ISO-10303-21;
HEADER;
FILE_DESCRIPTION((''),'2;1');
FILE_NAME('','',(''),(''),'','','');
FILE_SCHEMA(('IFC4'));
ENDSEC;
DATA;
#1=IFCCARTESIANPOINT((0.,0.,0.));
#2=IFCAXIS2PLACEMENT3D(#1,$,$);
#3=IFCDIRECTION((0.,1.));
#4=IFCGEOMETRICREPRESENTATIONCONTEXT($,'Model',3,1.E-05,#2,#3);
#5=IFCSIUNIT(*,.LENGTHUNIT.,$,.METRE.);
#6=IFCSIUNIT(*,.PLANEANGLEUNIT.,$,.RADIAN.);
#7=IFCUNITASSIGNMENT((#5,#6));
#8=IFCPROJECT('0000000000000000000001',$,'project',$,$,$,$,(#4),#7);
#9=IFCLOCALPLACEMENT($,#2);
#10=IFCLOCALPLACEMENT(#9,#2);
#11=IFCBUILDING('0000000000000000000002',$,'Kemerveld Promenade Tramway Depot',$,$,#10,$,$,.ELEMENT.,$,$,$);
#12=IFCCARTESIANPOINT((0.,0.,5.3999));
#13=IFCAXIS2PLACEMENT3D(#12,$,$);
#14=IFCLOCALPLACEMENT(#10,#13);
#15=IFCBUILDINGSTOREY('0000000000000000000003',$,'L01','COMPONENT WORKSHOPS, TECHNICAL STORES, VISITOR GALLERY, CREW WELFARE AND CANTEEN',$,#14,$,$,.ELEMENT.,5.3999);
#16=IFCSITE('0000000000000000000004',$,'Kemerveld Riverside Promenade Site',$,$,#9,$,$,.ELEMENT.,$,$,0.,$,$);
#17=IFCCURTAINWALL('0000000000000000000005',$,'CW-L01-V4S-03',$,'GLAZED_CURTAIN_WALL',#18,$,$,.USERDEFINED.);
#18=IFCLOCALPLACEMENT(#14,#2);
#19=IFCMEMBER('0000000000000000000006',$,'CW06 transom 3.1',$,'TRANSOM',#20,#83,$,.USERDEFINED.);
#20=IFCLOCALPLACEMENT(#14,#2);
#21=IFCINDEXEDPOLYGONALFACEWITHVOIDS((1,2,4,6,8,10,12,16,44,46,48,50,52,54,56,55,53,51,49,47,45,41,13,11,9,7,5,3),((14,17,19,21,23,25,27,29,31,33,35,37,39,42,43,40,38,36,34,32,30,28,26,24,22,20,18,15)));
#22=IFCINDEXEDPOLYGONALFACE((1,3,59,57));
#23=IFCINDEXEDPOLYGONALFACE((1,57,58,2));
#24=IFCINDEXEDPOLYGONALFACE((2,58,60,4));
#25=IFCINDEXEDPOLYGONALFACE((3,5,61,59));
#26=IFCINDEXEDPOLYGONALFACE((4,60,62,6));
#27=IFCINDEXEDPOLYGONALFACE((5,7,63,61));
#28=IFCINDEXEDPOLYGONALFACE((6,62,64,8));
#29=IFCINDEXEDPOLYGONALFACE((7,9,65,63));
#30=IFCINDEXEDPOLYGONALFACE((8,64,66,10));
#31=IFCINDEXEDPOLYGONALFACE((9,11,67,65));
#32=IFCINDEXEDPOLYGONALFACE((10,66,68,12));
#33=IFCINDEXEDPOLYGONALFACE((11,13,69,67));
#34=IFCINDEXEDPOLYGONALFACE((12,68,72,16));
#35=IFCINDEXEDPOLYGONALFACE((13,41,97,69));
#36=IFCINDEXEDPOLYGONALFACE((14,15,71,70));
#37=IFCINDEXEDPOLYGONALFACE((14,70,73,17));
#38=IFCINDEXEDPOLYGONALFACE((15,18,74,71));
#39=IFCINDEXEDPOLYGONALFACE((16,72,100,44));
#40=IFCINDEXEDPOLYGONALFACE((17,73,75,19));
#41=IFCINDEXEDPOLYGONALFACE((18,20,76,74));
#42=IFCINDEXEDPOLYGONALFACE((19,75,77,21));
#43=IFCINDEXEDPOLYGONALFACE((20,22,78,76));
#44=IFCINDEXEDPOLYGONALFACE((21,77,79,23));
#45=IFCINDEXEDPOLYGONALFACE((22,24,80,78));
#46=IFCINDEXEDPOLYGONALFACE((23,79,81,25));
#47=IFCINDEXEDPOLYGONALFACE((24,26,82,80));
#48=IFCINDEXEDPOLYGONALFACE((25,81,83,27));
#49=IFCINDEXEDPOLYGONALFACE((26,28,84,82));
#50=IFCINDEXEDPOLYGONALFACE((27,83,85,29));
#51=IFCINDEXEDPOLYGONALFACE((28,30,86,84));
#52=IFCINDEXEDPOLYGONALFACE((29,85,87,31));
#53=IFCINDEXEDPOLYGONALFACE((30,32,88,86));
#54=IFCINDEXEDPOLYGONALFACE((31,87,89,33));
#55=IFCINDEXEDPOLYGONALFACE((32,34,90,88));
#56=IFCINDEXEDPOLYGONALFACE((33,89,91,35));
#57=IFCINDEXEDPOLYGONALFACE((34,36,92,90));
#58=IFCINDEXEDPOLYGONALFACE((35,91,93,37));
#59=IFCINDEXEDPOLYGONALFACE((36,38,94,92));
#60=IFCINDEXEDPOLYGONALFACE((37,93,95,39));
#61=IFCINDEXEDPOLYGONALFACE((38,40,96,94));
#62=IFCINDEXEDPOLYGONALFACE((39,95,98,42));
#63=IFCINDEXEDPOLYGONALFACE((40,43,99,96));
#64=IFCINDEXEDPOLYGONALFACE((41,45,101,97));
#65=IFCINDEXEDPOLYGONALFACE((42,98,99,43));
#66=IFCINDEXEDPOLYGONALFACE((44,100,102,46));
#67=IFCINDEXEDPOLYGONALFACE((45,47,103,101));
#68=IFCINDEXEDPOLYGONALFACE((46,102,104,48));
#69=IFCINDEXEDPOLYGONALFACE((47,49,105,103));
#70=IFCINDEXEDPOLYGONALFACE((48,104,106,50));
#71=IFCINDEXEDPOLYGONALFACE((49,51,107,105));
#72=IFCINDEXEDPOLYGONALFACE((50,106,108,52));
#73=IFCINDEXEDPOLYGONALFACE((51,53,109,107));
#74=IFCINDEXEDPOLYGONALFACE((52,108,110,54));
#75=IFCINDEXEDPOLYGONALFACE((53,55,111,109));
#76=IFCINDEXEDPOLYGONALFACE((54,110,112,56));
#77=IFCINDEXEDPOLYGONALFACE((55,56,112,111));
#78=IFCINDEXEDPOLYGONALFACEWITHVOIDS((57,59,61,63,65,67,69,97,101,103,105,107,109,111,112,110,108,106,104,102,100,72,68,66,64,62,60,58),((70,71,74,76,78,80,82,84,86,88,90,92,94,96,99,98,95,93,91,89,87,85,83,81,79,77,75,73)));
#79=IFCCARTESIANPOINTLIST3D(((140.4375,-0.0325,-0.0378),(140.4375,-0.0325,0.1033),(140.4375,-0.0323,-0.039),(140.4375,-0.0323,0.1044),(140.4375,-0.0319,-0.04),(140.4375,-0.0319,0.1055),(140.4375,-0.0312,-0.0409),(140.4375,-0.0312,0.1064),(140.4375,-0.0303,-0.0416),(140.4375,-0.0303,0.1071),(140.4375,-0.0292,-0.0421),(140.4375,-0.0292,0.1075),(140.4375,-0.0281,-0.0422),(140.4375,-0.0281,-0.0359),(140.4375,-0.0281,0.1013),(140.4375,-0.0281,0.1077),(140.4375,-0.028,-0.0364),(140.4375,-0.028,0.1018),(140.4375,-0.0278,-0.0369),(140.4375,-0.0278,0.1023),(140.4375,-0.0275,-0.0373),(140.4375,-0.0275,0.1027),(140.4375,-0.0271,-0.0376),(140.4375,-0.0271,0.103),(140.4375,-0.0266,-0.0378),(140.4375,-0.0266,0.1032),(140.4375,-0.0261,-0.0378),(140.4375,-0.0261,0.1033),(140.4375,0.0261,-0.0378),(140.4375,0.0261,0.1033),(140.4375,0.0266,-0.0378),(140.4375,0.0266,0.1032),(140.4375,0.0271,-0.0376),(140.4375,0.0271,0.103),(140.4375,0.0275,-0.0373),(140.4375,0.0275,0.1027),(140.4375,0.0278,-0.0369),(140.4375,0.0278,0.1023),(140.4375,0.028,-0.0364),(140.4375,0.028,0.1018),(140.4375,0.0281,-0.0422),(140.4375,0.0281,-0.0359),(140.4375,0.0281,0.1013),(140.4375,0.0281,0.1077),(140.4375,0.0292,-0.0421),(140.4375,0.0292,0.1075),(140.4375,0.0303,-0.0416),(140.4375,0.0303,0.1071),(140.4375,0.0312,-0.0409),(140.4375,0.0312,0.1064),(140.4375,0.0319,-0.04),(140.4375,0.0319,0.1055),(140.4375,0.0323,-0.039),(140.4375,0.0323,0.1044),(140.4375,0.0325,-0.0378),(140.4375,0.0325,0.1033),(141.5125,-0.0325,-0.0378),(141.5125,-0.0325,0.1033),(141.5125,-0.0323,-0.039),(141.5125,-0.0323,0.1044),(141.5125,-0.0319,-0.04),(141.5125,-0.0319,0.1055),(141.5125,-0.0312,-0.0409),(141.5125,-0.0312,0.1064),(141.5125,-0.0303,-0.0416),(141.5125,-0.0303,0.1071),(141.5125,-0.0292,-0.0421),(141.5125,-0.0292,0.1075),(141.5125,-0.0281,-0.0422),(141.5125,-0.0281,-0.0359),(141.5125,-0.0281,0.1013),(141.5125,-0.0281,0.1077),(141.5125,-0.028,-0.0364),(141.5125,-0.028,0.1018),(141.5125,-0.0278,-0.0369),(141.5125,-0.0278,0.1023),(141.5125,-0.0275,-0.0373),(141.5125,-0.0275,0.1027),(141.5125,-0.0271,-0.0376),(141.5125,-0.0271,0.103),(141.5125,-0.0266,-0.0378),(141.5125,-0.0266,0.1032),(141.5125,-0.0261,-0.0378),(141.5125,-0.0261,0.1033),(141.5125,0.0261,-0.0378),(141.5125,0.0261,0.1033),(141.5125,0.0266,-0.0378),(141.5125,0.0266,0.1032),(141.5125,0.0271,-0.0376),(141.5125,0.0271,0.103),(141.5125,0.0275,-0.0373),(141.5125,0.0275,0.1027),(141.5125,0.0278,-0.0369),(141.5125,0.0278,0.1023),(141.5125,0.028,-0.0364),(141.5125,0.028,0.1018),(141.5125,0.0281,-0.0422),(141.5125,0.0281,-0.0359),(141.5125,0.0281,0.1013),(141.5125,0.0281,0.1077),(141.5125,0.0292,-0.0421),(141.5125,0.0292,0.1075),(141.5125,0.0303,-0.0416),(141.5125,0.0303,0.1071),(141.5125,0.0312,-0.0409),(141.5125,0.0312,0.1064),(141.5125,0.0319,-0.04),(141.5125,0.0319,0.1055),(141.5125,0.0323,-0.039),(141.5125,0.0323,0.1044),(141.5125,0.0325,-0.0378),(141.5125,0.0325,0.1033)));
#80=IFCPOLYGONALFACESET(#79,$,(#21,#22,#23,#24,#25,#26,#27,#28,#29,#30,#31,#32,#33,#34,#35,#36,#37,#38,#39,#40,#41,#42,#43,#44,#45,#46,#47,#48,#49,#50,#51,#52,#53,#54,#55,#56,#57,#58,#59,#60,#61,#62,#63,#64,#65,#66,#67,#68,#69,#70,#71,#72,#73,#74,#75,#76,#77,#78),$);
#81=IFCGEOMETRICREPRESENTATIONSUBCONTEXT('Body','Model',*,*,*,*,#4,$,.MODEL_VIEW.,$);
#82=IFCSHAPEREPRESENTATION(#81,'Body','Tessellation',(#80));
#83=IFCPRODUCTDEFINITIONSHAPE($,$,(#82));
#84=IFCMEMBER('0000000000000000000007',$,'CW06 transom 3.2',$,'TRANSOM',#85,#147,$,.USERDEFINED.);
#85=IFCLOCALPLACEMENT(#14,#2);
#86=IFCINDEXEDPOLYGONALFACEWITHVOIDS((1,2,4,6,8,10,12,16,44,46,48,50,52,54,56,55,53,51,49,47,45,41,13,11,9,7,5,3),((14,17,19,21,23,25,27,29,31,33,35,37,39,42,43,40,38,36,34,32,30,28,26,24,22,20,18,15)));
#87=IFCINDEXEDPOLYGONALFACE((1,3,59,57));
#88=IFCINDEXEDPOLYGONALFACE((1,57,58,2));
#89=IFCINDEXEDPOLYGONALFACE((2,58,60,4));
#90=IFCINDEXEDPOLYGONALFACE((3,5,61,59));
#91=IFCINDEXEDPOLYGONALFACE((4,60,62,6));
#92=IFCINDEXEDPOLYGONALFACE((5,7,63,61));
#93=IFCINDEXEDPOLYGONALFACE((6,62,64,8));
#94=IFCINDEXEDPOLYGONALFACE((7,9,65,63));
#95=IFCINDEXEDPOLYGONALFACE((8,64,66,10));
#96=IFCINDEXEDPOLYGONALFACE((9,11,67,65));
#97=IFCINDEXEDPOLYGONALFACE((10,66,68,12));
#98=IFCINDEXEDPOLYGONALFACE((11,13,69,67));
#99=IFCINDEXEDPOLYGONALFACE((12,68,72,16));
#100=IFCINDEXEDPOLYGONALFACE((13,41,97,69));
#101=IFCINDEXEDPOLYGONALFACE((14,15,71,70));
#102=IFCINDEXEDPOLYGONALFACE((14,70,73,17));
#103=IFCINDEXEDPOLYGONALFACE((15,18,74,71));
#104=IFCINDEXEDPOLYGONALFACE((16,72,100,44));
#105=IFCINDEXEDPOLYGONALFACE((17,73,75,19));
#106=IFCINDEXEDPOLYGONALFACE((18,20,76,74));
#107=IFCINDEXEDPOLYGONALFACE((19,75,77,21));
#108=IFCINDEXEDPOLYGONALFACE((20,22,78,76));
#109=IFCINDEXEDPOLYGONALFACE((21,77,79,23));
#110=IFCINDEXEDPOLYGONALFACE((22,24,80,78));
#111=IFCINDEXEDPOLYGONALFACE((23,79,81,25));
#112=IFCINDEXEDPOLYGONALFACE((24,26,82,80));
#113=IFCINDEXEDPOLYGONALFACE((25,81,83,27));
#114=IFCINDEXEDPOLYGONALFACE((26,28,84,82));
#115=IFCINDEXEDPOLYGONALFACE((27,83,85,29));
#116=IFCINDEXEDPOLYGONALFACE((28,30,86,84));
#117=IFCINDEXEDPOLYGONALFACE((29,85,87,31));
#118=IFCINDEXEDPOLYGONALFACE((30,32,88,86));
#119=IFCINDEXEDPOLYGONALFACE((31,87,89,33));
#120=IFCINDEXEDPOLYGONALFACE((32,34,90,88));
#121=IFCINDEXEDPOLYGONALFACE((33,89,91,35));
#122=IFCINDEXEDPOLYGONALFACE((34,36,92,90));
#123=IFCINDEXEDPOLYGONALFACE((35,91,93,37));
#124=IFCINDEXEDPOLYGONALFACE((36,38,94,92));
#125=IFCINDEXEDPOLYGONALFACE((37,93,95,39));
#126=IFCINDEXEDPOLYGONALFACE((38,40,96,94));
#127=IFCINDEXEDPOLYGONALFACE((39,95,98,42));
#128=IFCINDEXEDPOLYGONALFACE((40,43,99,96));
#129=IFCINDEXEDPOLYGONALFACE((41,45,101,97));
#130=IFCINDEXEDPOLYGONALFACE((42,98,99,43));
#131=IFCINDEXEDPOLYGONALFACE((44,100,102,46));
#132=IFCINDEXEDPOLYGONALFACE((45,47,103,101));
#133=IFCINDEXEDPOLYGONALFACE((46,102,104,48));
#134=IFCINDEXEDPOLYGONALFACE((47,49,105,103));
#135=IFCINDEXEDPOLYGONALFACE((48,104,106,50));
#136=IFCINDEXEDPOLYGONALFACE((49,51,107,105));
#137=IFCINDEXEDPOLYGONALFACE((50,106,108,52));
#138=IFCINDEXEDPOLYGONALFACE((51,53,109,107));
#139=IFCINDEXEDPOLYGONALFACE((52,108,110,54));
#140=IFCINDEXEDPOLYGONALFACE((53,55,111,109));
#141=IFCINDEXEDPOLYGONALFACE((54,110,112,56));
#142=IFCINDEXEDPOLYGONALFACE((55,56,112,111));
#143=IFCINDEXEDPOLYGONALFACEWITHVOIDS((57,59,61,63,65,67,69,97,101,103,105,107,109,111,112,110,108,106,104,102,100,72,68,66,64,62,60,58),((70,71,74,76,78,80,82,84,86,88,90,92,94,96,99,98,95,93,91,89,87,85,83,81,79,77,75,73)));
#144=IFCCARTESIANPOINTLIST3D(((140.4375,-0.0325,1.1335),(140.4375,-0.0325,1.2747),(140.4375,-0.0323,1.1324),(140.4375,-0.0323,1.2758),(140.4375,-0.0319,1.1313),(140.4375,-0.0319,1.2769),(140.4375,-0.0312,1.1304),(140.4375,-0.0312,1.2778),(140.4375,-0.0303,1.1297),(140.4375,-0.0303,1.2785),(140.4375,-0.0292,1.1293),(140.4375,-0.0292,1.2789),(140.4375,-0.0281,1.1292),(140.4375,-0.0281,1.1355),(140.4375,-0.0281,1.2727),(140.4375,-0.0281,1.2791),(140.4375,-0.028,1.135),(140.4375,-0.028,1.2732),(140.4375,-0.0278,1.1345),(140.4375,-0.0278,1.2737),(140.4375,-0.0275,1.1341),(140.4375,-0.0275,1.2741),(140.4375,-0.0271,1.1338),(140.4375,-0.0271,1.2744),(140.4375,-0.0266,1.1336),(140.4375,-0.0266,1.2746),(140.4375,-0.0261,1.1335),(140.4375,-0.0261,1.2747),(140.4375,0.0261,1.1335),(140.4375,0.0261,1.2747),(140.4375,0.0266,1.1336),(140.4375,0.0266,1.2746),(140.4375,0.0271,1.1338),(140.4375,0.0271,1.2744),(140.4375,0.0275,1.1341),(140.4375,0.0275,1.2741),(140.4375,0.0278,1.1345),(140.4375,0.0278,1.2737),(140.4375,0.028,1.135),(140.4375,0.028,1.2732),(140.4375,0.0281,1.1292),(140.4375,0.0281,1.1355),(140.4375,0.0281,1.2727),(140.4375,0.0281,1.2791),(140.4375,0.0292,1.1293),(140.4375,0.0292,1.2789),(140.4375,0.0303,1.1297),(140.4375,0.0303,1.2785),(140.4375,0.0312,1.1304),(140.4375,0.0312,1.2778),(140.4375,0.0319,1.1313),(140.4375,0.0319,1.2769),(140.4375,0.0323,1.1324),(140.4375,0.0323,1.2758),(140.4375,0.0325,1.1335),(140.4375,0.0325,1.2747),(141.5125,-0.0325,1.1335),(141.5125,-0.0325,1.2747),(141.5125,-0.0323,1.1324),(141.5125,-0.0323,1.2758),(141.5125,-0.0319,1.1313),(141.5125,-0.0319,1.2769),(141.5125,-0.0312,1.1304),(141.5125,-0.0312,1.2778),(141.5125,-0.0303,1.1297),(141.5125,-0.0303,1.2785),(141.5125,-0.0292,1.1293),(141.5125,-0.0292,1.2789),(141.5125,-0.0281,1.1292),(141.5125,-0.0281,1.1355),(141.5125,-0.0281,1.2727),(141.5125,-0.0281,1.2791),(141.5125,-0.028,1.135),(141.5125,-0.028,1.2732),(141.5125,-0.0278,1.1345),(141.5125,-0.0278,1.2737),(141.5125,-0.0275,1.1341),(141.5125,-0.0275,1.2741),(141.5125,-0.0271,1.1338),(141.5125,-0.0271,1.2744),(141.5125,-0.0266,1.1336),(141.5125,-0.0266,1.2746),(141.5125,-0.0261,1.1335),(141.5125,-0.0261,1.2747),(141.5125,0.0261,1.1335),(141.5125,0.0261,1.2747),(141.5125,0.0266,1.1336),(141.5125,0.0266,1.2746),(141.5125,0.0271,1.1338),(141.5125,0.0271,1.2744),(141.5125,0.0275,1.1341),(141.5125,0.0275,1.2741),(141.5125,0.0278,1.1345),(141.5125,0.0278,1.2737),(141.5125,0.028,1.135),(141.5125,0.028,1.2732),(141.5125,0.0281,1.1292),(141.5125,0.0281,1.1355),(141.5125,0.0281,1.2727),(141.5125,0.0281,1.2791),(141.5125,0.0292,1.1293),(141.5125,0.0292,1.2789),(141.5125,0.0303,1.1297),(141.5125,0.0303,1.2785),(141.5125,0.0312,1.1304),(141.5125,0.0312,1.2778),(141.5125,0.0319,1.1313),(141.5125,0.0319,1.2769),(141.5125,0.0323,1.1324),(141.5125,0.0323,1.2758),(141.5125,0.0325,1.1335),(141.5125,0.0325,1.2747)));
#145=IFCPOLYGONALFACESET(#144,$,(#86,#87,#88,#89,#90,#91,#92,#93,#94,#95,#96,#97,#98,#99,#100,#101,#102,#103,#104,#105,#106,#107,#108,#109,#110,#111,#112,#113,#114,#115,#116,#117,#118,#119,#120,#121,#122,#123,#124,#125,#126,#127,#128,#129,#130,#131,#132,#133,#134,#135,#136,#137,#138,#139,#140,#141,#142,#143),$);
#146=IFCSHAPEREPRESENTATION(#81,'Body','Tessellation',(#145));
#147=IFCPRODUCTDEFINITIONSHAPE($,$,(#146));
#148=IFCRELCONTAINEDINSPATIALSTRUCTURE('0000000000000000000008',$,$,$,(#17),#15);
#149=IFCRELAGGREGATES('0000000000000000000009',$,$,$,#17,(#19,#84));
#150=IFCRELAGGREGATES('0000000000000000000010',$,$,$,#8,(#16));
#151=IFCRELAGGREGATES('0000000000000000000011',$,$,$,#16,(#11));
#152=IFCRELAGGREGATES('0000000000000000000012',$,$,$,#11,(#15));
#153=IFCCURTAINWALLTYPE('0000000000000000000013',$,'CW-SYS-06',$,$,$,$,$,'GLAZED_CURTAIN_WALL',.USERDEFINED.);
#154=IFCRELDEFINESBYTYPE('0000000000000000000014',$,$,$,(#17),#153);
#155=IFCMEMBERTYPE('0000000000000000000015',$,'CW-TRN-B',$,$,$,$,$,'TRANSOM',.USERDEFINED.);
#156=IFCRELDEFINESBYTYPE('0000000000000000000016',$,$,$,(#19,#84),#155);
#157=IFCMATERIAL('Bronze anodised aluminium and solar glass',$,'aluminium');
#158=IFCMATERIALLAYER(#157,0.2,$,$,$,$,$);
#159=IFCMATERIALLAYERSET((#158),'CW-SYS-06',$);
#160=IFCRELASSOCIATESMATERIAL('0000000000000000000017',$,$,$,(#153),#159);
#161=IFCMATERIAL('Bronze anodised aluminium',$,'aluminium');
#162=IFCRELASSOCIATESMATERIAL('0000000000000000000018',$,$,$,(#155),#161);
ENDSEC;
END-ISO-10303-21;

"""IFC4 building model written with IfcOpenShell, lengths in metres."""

from ifc_helpers import new_model, si_unit, direction, frame, origin, origin_2d, place, context, subcontext, project, spatial, hollow_rectangle, extrude, material, layer, layer_set, material_profile, profile_set, type_object, element, aggregate, save


model = new_model("IFC4")

# Units and contexts
model_context = context("Model", 3, precision=1e-05, world=origin(), true_north=direction((0.0, 1.0)))
body_context = subcontext(model_context, "Body", "Model", "MODEL_VIEW")
ifc_project = project(units=[si_unit("LENGTHUNIT", "METRE"), si_unit("PLANEANGLEUNIT", "RADIAN")], contexts=[model_context])

# Site, building, storey
site_placement = place(None, origin())
site = spatial("IfcSite", under=ifc_project, at=site_placement, Name="Kemerveld Riverside Promenade Site", CompositionType="ELEMENT", RefElevation=0.0)
building_placement = place(site_placement, origin())
building = spatial("IfcBuilding", under=site, at=building_placement, Name="Kemerveld Promenade Tramway Depot", CompositionType="ELEMENT")
storey_placement = place(building_placement, frame((0.0, 0.0, 5.3999)))
storey = spatial("IfcBuildingStorey", under=building, at=storey_placement, Name="L01", Description="COMPONENT WORKSHOPS, TECHNICAL STORES, VISITOR GALLERY, CREW WELFARE AND CANTEEN", CompositionType="ELEMENT", Elevation=5.3999)

# Curtain wall, members
ifc_material_1 = material(Name="Bronze anodised aluminium and solar glass", Category="aluminium")
ifc_layer_1 = layer(ifc_material_1, 0.2)
ifc_layer_set_1 = layer_set([ifc_layer_1], Name="CW-SYS-06")
curtain_wall_type = type_object("IfcCurtainWallType", Name="CW-SYS-06", ElementType="GLAZED_CURTAIN_WALL", PredefinedType="USERDEFINED", material=ifc_layer_set_1)
curtain_wall_placement = place(storey_placement, origin())
curtain_wall = element("IfcCurtainWall", 1, at=curtain_wall_placement, inside=storey, type_object=curtain_wall_type, Name="CW-L01-V4S-03", ObjectType="GLAZED_CURTAIN_WALL", PredefinedType="USERDEFINED")
ifc_material_2 = material(Name="Bronze anodised aluminium", Category="aluminium")
ifc_material_profile_1 = material_profile(ifc_material_2, hollow_rectangle(XDim=0.0649, YDim=0.1499, WallThickness=0.0044, InnerFilletRadius=0.002, OuterFilletRadius=0.0044, at=origin_2d()), Name="CW-TRN-150x65")
ifc_profile_set_1 = profile_set([ifc_material_profile_1], Name="Bronze anodised aluminium")
member_type_1 = type_object("IfcMemberType", Name="CW-TRN-B", ElementType="TRANSOM", PredefinedType="USERDEFINED", material=ifc_profile_set_1)
member_1_placement = place(storey_placement, frame((141.5125, 0.0, 0.0327), z_axis=(-1.0, 0.0, 0.0), x_axis=(0.0, -1.0, 0.0)))
member_1 = element("IfcMember", 2, at=member_1_placement, type_object=member_type_1, Name="CW06 transom 3.1", ObjectType="TRANSOM", PredefinedType="USERDEFINED", context=body_context, shape_type="SweptSolid", body=[
    extrude(hollow_rectangle(XDim=0.0649, YDim=0.1499, WallThickness=0.0044, InnerFilletRadius=0.002, OuterFilletRadius=0.0044, at=origin_2d()), origin(), (0.0, 0.0, 1.0), 1.075),
])
member_2_placement = place(storey_placement, frame((141.5125, 0.0, 1.2041), z_axis=(-1.0, 0.0, 0.0), x_axis=(0.0, -1.0, 0.0)))
member_2 = element("IfcMember", 3, at=member_2_placement, type_object=member_type_1, Name="CW06 transom 3.2", ObjectType="TRANSOM", PredefinedType="USERDEFINED", context=body_context, shape_type="SweptSolid", body=[
    extrude(hollow_rectangle(XDim=0.0649, YDim=0.1499, WallThickness=0.0044, InnerFilletRadius=0.002, OuterFilletRadius=0.0044, at=origin_2d()), origin(), (0.0, 0.0, 1.0), 1.075),
])
aggregate(curtain_wall, [member_1, member_2])

save(model, "model.ifc")
